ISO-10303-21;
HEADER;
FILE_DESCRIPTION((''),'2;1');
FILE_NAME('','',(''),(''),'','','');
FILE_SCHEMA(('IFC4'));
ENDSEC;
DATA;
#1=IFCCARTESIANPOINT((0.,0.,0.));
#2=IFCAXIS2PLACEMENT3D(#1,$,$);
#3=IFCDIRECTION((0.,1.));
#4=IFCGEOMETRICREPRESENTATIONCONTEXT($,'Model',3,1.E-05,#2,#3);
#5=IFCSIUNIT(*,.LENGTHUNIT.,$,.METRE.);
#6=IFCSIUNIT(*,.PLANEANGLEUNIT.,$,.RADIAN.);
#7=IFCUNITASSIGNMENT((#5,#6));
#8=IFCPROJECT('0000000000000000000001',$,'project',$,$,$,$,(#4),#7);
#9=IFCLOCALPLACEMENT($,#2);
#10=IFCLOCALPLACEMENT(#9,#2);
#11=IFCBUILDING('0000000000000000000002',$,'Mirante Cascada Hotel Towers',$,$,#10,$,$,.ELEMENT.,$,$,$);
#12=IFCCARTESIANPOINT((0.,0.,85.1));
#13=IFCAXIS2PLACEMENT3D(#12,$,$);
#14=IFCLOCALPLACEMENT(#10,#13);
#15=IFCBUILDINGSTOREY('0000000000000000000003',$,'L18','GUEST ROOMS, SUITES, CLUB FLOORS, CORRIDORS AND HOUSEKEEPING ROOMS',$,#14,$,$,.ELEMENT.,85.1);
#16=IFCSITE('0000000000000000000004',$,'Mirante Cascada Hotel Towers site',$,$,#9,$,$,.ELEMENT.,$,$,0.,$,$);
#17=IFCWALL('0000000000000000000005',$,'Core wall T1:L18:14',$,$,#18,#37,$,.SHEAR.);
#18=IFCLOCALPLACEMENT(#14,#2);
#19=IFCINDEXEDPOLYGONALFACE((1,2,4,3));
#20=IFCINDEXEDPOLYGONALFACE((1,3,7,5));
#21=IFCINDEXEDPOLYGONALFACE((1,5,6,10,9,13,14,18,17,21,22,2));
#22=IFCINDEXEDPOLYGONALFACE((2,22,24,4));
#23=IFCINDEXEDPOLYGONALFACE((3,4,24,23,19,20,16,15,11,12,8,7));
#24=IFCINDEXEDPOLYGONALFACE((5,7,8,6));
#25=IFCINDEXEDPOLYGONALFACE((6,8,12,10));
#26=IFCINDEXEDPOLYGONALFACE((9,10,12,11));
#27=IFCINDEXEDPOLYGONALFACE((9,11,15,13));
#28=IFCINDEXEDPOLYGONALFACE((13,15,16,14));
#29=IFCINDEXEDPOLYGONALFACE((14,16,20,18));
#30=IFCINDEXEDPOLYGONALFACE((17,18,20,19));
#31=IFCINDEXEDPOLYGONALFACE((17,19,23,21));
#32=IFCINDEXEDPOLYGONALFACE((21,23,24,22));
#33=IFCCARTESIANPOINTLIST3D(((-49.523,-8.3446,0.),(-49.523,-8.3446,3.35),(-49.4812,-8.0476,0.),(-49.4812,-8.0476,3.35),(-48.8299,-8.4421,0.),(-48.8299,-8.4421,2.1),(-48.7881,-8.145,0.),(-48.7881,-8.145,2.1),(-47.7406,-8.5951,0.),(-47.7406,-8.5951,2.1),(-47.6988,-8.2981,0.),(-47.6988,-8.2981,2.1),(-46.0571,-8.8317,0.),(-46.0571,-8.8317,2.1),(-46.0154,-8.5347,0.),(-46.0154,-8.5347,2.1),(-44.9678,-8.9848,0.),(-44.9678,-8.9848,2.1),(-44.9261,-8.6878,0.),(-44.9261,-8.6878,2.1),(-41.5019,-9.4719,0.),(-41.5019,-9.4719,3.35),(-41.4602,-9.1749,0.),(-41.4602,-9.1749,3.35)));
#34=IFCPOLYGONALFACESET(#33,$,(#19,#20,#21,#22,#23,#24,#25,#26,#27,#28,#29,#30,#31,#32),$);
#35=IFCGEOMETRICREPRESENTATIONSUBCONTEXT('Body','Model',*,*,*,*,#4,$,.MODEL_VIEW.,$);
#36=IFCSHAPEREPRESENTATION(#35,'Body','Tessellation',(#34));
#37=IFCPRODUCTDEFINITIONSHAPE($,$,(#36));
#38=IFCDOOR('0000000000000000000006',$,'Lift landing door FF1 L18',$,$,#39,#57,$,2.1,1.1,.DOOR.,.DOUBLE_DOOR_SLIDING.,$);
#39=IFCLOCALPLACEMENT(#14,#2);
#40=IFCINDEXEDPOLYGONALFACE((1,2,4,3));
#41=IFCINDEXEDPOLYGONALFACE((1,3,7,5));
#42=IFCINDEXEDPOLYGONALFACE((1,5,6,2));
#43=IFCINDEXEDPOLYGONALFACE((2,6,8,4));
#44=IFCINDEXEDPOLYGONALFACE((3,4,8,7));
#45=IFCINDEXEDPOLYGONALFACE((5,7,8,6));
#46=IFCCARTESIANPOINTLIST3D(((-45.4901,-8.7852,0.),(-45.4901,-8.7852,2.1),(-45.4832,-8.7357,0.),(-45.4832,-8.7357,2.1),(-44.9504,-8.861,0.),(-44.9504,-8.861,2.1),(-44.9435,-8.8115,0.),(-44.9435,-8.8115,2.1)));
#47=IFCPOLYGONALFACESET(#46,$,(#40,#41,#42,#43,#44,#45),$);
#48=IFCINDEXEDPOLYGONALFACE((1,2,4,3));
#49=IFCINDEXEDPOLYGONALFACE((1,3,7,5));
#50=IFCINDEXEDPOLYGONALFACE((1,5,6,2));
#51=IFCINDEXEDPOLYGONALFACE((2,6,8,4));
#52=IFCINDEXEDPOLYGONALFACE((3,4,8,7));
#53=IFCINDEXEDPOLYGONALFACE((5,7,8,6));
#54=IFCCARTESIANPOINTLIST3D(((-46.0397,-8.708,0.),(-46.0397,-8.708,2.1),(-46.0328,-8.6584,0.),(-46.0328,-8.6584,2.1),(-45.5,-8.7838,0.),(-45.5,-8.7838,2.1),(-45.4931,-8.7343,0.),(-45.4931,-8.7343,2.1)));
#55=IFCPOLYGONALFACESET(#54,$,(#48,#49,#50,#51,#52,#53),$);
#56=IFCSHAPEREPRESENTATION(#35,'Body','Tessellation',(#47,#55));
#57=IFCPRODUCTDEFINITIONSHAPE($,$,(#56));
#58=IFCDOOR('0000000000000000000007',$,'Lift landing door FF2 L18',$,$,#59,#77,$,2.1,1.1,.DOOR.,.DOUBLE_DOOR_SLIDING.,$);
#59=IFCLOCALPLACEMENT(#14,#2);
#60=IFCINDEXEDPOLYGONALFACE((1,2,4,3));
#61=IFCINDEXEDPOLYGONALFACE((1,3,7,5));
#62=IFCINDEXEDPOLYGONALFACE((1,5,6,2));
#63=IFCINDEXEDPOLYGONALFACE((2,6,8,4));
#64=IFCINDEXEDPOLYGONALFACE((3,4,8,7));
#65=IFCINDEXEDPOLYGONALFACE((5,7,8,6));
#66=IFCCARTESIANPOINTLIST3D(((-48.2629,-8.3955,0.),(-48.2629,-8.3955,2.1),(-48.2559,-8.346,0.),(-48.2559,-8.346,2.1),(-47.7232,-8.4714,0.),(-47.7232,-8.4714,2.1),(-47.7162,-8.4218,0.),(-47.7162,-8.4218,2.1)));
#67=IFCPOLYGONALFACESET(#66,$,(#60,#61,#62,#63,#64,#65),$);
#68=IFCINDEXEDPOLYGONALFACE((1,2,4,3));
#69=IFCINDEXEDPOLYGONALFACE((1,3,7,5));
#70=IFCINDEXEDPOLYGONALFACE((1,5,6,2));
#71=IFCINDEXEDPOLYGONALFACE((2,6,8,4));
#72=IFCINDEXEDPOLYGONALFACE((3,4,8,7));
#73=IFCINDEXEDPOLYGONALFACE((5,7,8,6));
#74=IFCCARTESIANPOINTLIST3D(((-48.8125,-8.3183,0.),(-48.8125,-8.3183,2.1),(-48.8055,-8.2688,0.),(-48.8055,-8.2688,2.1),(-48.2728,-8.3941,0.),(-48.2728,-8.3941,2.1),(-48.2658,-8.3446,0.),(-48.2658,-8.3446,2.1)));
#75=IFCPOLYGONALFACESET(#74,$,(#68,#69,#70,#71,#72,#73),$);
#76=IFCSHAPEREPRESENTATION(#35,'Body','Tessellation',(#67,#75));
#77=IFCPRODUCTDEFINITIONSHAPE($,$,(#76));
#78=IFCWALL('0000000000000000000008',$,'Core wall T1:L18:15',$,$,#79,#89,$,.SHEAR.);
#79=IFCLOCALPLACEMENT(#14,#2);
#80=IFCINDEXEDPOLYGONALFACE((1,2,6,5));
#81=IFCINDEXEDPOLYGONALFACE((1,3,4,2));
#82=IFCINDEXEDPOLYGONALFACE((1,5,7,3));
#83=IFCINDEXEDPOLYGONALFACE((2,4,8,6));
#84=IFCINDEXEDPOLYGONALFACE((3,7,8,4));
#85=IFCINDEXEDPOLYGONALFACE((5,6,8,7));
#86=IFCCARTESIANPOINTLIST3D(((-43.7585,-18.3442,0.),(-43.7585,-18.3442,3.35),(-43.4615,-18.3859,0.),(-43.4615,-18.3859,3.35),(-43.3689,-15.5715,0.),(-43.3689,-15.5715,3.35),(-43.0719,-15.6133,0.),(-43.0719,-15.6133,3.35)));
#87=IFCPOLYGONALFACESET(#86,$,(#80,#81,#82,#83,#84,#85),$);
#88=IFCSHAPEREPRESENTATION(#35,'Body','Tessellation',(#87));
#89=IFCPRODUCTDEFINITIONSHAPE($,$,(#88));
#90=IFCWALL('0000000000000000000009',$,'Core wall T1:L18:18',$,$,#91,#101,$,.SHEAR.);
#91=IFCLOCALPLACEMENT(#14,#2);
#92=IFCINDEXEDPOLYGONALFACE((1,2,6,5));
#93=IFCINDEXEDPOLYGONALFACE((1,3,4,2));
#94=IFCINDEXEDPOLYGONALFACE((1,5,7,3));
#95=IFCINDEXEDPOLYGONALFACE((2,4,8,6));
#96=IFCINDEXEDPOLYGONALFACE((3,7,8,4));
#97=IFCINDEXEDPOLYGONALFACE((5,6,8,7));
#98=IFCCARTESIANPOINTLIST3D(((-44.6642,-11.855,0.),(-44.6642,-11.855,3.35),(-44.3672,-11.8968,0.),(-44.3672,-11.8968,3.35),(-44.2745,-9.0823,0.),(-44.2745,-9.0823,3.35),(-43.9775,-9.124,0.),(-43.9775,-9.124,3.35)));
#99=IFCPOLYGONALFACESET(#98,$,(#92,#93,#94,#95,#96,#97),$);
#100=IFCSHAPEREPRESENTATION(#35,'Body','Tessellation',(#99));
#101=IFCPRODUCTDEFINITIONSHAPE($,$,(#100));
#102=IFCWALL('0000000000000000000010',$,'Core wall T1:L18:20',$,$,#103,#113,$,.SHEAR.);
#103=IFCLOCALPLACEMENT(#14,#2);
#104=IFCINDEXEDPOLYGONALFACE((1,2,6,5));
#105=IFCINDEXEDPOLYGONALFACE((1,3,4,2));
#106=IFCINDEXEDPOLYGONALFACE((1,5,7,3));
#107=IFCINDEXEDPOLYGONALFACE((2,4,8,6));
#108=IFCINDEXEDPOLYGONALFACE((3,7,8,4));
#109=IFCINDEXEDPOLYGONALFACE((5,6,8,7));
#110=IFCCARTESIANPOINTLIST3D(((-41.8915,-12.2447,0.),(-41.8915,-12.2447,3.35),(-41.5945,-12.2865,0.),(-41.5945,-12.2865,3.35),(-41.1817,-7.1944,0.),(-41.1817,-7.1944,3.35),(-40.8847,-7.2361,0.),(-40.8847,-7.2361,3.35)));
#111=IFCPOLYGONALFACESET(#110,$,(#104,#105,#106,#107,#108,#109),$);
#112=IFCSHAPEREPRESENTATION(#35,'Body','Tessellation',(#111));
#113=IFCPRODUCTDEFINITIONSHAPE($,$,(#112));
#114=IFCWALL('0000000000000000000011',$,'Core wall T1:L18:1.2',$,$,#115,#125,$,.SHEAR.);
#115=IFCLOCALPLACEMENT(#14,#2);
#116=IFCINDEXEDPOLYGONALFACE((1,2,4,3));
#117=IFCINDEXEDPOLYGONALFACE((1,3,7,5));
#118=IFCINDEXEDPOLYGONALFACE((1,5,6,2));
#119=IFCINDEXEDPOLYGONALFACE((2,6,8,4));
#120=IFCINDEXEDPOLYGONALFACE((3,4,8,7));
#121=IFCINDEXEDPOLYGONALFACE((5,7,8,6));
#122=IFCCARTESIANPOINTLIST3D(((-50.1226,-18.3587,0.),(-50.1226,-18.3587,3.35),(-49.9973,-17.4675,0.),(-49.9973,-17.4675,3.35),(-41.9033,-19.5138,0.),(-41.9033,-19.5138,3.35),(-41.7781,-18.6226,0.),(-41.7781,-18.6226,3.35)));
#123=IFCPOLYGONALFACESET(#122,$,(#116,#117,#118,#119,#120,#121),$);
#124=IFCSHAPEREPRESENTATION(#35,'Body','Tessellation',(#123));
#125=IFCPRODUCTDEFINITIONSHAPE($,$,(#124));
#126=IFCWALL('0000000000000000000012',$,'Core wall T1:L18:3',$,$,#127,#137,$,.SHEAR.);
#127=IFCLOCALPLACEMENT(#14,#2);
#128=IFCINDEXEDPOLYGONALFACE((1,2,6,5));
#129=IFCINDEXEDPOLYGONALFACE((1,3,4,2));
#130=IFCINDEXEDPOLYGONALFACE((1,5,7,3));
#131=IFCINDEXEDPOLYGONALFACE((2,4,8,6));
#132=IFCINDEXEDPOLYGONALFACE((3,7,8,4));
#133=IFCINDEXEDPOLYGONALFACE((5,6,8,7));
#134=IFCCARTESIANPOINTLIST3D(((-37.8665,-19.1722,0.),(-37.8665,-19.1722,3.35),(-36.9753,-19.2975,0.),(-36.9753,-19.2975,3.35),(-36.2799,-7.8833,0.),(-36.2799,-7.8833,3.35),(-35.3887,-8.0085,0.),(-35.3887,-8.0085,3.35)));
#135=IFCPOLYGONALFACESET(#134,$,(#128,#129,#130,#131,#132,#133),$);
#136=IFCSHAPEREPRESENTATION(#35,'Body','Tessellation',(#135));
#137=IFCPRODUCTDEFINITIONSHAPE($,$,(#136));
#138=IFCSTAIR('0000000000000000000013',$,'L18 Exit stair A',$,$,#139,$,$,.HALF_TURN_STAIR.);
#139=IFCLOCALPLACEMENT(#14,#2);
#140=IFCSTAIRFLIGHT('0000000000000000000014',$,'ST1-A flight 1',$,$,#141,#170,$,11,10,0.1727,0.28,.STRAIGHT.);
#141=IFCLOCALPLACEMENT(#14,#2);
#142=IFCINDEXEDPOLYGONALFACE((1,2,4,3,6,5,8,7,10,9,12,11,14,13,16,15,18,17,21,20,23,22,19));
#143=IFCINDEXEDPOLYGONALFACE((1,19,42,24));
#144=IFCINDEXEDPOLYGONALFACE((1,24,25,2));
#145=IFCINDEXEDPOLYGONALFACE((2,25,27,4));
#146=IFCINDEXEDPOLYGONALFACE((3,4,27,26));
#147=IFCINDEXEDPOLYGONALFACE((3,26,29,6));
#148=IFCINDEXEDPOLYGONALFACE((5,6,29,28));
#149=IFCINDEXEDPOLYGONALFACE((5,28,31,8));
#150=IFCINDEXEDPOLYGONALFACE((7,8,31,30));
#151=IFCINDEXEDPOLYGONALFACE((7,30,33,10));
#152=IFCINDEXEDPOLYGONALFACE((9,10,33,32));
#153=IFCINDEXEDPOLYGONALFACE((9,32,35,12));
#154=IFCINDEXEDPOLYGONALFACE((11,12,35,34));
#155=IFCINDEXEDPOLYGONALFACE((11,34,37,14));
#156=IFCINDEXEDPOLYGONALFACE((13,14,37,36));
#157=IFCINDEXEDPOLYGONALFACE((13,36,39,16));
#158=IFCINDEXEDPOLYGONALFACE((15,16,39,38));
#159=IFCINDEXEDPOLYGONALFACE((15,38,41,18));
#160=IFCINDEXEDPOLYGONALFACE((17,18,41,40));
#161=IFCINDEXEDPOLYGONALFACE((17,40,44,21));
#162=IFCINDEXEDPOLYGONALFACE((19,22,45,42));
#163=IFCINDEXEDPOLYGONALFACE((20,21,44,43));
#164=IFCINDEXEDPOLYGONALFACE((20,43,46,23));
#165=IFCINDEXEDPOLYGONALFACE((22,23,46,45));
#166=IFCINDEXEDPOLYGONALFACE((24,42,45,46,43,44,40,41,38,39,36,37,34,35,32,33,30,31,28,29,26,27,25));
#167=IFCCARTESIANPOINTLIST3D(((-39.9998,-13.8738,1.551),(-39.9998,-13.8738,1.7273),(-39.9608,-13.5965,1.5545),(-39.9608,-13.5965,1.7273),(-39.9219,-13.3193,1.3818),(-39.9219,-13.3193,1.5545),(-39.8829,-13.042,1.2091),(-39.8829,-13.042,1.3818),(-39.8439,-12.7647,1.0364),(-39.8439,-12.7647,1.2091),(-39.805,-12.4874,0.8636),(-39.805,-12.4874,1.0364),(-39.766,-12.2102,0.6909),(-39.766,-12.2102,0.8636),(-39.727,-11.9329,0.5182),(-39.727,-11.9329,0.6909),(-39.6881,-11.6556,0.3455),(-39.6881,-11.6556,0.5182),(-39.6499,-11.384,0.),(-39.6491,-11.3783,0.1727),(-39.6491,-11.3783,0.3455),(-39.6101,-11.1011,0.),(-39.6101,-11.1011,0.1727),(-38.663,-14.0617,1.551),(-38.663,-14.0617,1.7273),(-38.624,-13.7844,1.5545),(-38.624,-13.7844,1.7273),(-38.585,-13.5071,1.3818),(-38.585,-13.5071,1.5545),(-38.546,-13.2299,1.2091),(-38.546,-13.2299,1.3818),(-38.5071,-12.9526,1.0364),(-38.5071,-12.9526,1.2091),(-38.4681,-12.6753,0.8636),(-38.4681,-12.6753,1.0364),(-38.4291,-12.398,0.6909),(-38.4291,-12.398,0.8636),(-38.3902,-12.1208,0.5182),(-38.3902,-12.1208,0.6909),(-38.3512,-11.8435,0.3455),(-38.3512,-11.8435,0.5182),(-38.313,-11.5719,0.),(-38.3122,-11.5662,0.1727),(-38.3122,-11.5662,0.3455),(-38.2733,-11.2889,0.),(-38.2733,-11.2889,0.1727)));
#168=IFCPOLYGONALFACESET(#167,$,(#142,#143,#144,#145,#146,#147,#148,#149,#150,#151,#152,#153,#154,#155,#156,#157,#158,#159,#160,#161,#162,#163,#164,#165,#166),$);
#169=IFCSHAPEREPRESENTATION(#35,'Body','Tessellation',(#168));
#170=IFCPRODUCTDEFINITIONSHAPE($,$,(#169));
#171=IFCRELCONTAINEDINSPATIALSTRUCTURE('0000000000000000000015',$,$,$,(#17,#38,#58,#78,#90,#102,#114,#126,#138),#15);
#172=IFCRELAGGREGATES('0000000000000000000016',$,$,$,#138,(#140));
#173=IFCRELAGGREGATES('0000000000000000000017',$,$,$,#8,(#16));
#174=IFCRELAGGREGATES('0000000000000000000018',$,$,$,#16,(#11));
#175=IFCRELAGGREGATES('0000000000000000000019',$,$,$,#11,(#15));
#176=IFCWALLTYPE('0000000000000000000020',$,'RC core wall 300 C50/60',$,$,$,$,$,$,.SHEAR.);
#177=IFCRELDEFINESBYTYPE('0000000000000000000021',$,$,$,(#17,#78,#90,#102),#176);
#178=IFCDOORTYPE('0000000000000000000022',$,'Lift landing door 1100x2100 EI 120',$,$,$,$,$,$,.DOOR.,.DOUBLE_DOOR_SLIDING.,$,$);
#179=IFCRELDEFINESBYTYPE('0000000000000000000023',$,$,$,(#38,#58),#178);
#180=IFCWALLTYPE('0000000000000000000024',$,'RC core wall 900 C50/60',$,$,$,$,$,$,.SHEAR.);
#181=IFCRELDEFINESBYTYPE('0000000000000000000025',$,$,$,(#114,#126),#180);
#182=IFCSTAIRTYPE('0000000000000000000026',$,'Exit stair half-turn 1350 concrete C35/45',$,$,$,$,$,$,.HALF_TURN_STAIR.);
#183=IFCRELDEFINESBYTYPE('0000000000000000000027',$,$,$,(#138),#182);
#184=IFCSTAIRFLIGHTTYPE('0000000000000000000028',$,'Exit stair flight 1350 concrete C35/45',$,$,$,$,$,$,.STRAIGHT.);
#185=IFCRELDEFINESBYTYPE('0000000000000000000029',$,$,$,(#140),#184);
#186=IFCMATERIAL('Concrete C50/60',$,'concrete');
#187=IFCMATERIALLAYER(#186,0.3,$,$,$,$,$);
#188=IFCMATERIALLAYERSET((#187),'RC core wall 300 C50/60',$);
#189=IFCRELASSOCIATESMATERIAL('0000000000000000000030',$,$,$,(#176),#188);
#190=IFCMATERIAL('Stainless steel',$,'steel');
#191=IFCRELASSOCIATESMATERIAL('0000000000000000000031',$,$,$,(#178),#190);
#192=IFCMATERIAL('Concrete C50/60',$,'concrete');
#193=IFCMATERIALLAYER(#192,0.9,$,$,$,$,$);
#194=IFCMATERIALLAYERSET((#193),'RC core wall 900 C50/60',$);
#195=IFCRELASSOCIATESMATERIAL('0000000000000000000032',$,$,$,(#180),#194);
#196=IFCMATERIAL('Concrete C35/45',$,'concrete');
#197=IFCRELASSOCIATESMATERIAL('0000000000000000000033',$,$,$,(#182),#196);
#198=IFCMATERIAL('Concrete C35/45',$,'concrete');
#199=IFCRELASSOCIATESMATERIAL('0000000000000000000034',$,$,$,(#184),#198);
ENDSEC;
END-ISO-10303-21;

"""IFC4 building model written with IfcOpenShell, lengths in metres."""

from ifc_helpers import new_model, si_unit, direction, frame, frame_2d, origin, place, context, subcontext, project, spatial, polyline, rectangle, outline, extrude, material, layer, layer_set, type_object, element, fill, aggregate, save


model = new_model("IFC4")

# Units and contexts
model_context = context("Model", 3, precision=1e-05, world=origin(), true_north=direction((0.0, 1.0)))
body_context = subcontext(model_context, "Body", "Model", "MODEL_VIEW")
ifc_project = project(units=[si_unit("LENGTHUNIT", "METRE"), si_unit("PLANEANGLEUNIT", "RADIAN")], contexts=[model_context])

# Site, building, storey
site_placement = place(None, origin())
site = spatial("IfcSite", under=ifc_project, at=site_placement, Name="Mirante Cascada Hotel Towers site", CompositionType="ELEMENT", RefElevation=0.0)
building_placement = place(site_placement, origin())
building = spatial("IfcBuilding", under=site, at=building_placement, Name="Mirante Cascada Hotel Towers", CompositionType="ELEMENT")
storey_placement = place(building_placement, frame((0.0, 0.0, 85.1)))
storey = spatial("IfcBuildingStorey", under=building, at=storey_placement, Name="L18", Description="GUEST ROOMS, SUITES, CLUB FLOORS, CORRIDORS AND HOUSEKEEPING ROOMS", CompositionType="ELEMENT", Elevation=85.1)

# Shared definitions
ifc_material_1 = material(Name="Concrete C50/60", Category="concrete")
ifc_layer_1 = layer(ifc_material_1, 0.3)
ifc_layer_set_1 = layer_set([ifc_layer_1], Name="RC core wall 300 C50/60")
wall_type_1 = type_object("IfcWallType", Name="RC core wall 300 C50/60", PredefinedType="SHEAR", material=ifc_layer_set_1)

# Shared definitions
ifc_material_2 = material(Name="Stainless steel", Category="steel")
door_type_1 = type_object("IfcDoorType", Name="Lift landing door 1100x2100 EI 120", OperationType="DOUBLE_DOOR_SLIDING", PredefinedType="DOOR", material=ifc_material_2)

# Wall, openings, doors
wall_1_placement = place(storey_placement, frame((-41.481, -9.3234, 0.0), z_axis=(0.0, 0.0, 1.0), x_axis=(-0.990268, 0.139174, 0.0)))
wall_1 = element("IfcWall", 1, at=wall_1_placement, inside=storey, type_object=wall_type_1, Name="Core wall T1:L18:14", PredefinedType="SHEAR", context=body_context, shape_type="SweptSolid", body=[
    extrude(rectangle(XDim=8.0999, YDim=0.3, at=frame_2d((4.05, 0.0))), origin(), (0.0, 0.0, 1.0), 3.35),
])
opening_1_placement = place(wall_1_placement, frame((3.5, 0.0, 0.0)))
opening_1 = element("IfcOpeningElement", 2, at=opening_1_placement, cuts=wall_1, PredefinedType="OPENING", context=body_context, shape_type="SweptSolid", body=[
    extrude(rectangle(XDim=1.1, YDim=2.1, at=frame_2d((0.55, 1.05))), frame((0.0, 0.15, 0.0), z_axis=(0.0, -1.0, 0.0), x_axis=(1.0, 0.0, 0.0)), (0.0, 0.0, 1.0), 0.3),
])
opening_2_placement = place(wall_1_placement, frame((6.3, 0.0, 0.0)))
opening_2 = element("IfcOpeningElement", 3, at=opening_2_placement, cuts=wall_1, PredefinedType="OPENING", context=body_context, shape_type="SweptSolid", body=[
    extrude(rectangle(XDim=1.1, YDim=2.1, at=frame_2d((0.55, 1.05))), frame((0.0, 0.15, 0.0), z_axis=(0.0, -1.0, 0.0), x_axis=(1.0, 0.0, 0.0)), (0.0, 0.0, 1.0), 0.3),
])
door_1_placement = place(opening_1_placement, origin())
door_1 = element("IfcDoor", 4, at=door_1_placement, inside=storey, type_object=door_type_1, Name="Lift landing door FF1 L18", OperationType="DOUBLE_DOOR_SLIDING", OverallHeight=2.1, OverallWidth=1.1, PredefinedType="DOOR", context=body_context, shape_type="SweptSolid", body=[
    extrude(rectangle(XDim=0.545, YDim=2.1, at=frame_2d((0.2725, 1.05))), frame((0.0, 0.025, 0.0), z_axis=(0.0, -1.0, 0.0), x_axis=(1.0, 0.0, 0.0)), (0.0, 0.0, 1.0), 0.05),
    extrude(rectangle(XDim=0.545, YDim=2.1, at=frame_2d((0.8275, 1.05))), frame((0.0, 0.025, 0.0), z_axis=(0.0, -1.0, 0.0), x_axis=(1.0, 0.0, 0.0)), (0.0, 0.0, 1.0), 0.05),
])
fill(opening_1, door_1)
door_2_placement = place(opening_2_placement, origin())
door_2 = element("IfcDoor", 5, at=door_2_placement, inside=storey, type_object=door_type_1, Name="Lift landing door FF2 L18", OperationType="DOUBLE_DOOR_SLIDING", OverallHeight=2.1, OverallWidth=1.1, PredefinedType="DOOR", context=body_context, shape_type="SweptSolid", body=[
    extrude(rectangle(XDim=0.545, YDim=2.1, at=frame_2d((0.2725, 1.05))), frame((0.0, 0.025, 0.0), z_axis=(0.0, -1.0, 0.0), x_axis=(1.0, 0.0, 0.0)), (0.0, 0.0, 1.0), 0.05),
    extrude(rectangle(XDim=0.545, YDim=2.1, at=frame_2d((0.8275, 1.05))), frame((0.0, 0.025, 0.0), z_axis=(0.0, -1.0, 0.0), x_axis=(1.0, 0.0, 0.0)), (0.0, 0.0, 1.0), 0.05),
])
fill(opening_2, door_2)

# Walls
wall_2_placement = place(storey_placement, frame((-43.61, -18.3651, 0.0), z_axis=(0.0, 0.0, 1.0), x_axis=(0.139146, 0.990272, 0.0)))
element("IfcWall", 6, at=wall_2_placement, inside=storey, type_object=wall_type_1, Name="Core wall T1:L18:15", PredefinedType="SHEAR", context=body_context, shape_type="SweptSolid", body=[
    extrude(rectangle(XDim=2.7999, YDim=0.3, at=frame_2d((1.4, 0.0))), origin(), (0.0, 0.0, 1.0), 3.35),
])
wall_3_placement = place(storey_placement, frame((-44.5157, -11.8759, 0.0), z_axis=(0.0, 0.0, 1.0), x_axis=(0.139181, 0.990267, 0.0)))
element("IfcWall", 7, at=wall_3_placement, inside=storey, type_object=wall_type_1, Name="Core wall T1:L18:18", PredefinedType="SHEAR", context=body_context, shape_type="SweptSolid", body=[
    extrude(rectangle(XDim=2.8, YDim=0.3, at=frame_2d((1.4, 0.0))), origin(), (0.0, 0.0, 1.0), 3.35),
])
wall_4_placement = place(storey_placement, frame((-41.743, -12.2656, 0.0), z_axis=(0.0, 0.0, 1.0), x_axis=(0.139176, 0.990268, 0.0)))
element("IfcWall", 8, at=wall_4_placement, inside=storey, type_object=wall_type_1, Name="Core wall T1:L18:20", PredefinedType="SHEAR", context=body_context, shape_type="SweptSolid", body=[
    extrude(rectangle(XDim=5.1, YDim=0.3, at=frame_2d((2.55, 0.0))), origin(), (0.0, 0.0, 1.0), 3.35),
])
ifc_material_3 = material(Name="Concrete C50/60", Category="concrete")
ifc_layer_2 = layer(ifc_material_3, 0.9)
ifc_layer_set_2 = layer_set([ifc_layer_2], Name="RC core wall 900 C50/60")
wall_type_2 = type_object("IfcWallType", Name="RC core wall 900 C50/60", PredefinedType="SHEAR", material=ifc_layer_set_2)
wall_5_placement = place(storey_placement, frame((-41.8407, -19.0682, 0.0), z_axis=(0.0, 0.0, 1.0), x_axis=(-0.990269, 0.139169, 0.0)))
element("IfcWall", 9, at=wall_5_placement, inside=storey, type_object=wall_type_2, Name="Core wall T1:L18:1.2", PredefinedType="SHEAR", context=body_context, shape_type="SweptSolid", body=[
    extrude(rectangle(XDim=8.3, YDim=0.9, at=frame_2d((4.15, 0.0))), origin(), (0.0, 0.0, 1.0), 3.35),
])
wall_6_placement = place(storey_placement, frame((-37.4209, -19.2349, 0.0), z_axis=(0.0, 0.0, 1.0), x_axis=(0.139176, 0.990268, 0.0)))
element("IfcWall", 10, at=wall_6_placement, inside=storey, type_object=wall_type_2, Name="Core wall T1:L18:3", PredefinedType="SHEAR", context=body_context, shape_type="SweptSolid", body=[
    extrude(rectangle(XDim=11.3999, YDim=0.9, at=frame_2d((5.7, 0.0))), origin(), (0.0, 0.0, 1.0), 3.35),
])

# Stair, stair flight
ifc_material_4 = material(Name="Concrete C35/45", Category="concrete")
stair_type = type_object("IfcStairType", Name="Exit stair half-turn 1350 concrete C35/45", PredefinedType="HALF_TURN_STAIR", material=ifc_material_4)
stair_placement = place(storey_placement, origin())
stair = element("IfcStair", 11, at=stair_placement, inside=storey, type_object=stair_type, Name="L18 Exit stair A", PredefinedType="HALF_TURN_STAIR")
ifc_material_5 = material(Name="Concrete C35/45", Category="concrete")
stair_flight_type = type_object("IfcStairFlightType", Name="Exit stair flight 1350 concrete C35/45", PredefinedType="STRAIGHT", material=ifc_material_5)
stair_flight_1_placement = place(storey_placement, frame((-38.9417, -11.195, 0.0), z_axis=(0.0, 0.0, 1.0), x_axis=(-0.139173, -0.990268, 0.0)))
stair_flight_1 = element("IfcStairFlight", 12, at=stair_flight_1_placement, type_object=stair_flight_type, Name="ST1-A flight 1", NumberOfRisers=11, NumberOfTreads=10, PredefinedType="STRAIGHT", RiserHeight=0.1727, TreadLength=0.28, context=body_context, shape_type="SweptSolid", body=[
    extrude(outline(polyline([(0.0, 0.0), (0.0, 0.1727), (0.28, 0.1727), (0.28, 0.3455), (0.56, 0.3455), (0.56, 0.5182), (0.84, 0.5182), (0.84, 0.6909), (1.12, 0.6909), (1.12, 0.8636), (1.4, 0.8636), (1.4, 1.0364), (1.68, 1.0364), (1.68, 1.2091), (1.96, 1.2091), (1.96, 1.3818), (2.24, 1.3818), (2.24, 1.5545), (2.52, 1.5545), (2.52, 1.7273), (2.8, 1.7273), (2.8, 1.9), (2.8, 1.551), (0.2857, 0.0), (0.0, 0.0)])), frame((0.0, 0.675, 0.0), z_axis=(0.0, -1.0, 0.0), x_axis=(1.0, 0.0, 0.0)), (0.0, 0.0, 1.0), 1.35),
])
aggregate(stair, [stair_flight_1])

save(model, "model.ifc")
